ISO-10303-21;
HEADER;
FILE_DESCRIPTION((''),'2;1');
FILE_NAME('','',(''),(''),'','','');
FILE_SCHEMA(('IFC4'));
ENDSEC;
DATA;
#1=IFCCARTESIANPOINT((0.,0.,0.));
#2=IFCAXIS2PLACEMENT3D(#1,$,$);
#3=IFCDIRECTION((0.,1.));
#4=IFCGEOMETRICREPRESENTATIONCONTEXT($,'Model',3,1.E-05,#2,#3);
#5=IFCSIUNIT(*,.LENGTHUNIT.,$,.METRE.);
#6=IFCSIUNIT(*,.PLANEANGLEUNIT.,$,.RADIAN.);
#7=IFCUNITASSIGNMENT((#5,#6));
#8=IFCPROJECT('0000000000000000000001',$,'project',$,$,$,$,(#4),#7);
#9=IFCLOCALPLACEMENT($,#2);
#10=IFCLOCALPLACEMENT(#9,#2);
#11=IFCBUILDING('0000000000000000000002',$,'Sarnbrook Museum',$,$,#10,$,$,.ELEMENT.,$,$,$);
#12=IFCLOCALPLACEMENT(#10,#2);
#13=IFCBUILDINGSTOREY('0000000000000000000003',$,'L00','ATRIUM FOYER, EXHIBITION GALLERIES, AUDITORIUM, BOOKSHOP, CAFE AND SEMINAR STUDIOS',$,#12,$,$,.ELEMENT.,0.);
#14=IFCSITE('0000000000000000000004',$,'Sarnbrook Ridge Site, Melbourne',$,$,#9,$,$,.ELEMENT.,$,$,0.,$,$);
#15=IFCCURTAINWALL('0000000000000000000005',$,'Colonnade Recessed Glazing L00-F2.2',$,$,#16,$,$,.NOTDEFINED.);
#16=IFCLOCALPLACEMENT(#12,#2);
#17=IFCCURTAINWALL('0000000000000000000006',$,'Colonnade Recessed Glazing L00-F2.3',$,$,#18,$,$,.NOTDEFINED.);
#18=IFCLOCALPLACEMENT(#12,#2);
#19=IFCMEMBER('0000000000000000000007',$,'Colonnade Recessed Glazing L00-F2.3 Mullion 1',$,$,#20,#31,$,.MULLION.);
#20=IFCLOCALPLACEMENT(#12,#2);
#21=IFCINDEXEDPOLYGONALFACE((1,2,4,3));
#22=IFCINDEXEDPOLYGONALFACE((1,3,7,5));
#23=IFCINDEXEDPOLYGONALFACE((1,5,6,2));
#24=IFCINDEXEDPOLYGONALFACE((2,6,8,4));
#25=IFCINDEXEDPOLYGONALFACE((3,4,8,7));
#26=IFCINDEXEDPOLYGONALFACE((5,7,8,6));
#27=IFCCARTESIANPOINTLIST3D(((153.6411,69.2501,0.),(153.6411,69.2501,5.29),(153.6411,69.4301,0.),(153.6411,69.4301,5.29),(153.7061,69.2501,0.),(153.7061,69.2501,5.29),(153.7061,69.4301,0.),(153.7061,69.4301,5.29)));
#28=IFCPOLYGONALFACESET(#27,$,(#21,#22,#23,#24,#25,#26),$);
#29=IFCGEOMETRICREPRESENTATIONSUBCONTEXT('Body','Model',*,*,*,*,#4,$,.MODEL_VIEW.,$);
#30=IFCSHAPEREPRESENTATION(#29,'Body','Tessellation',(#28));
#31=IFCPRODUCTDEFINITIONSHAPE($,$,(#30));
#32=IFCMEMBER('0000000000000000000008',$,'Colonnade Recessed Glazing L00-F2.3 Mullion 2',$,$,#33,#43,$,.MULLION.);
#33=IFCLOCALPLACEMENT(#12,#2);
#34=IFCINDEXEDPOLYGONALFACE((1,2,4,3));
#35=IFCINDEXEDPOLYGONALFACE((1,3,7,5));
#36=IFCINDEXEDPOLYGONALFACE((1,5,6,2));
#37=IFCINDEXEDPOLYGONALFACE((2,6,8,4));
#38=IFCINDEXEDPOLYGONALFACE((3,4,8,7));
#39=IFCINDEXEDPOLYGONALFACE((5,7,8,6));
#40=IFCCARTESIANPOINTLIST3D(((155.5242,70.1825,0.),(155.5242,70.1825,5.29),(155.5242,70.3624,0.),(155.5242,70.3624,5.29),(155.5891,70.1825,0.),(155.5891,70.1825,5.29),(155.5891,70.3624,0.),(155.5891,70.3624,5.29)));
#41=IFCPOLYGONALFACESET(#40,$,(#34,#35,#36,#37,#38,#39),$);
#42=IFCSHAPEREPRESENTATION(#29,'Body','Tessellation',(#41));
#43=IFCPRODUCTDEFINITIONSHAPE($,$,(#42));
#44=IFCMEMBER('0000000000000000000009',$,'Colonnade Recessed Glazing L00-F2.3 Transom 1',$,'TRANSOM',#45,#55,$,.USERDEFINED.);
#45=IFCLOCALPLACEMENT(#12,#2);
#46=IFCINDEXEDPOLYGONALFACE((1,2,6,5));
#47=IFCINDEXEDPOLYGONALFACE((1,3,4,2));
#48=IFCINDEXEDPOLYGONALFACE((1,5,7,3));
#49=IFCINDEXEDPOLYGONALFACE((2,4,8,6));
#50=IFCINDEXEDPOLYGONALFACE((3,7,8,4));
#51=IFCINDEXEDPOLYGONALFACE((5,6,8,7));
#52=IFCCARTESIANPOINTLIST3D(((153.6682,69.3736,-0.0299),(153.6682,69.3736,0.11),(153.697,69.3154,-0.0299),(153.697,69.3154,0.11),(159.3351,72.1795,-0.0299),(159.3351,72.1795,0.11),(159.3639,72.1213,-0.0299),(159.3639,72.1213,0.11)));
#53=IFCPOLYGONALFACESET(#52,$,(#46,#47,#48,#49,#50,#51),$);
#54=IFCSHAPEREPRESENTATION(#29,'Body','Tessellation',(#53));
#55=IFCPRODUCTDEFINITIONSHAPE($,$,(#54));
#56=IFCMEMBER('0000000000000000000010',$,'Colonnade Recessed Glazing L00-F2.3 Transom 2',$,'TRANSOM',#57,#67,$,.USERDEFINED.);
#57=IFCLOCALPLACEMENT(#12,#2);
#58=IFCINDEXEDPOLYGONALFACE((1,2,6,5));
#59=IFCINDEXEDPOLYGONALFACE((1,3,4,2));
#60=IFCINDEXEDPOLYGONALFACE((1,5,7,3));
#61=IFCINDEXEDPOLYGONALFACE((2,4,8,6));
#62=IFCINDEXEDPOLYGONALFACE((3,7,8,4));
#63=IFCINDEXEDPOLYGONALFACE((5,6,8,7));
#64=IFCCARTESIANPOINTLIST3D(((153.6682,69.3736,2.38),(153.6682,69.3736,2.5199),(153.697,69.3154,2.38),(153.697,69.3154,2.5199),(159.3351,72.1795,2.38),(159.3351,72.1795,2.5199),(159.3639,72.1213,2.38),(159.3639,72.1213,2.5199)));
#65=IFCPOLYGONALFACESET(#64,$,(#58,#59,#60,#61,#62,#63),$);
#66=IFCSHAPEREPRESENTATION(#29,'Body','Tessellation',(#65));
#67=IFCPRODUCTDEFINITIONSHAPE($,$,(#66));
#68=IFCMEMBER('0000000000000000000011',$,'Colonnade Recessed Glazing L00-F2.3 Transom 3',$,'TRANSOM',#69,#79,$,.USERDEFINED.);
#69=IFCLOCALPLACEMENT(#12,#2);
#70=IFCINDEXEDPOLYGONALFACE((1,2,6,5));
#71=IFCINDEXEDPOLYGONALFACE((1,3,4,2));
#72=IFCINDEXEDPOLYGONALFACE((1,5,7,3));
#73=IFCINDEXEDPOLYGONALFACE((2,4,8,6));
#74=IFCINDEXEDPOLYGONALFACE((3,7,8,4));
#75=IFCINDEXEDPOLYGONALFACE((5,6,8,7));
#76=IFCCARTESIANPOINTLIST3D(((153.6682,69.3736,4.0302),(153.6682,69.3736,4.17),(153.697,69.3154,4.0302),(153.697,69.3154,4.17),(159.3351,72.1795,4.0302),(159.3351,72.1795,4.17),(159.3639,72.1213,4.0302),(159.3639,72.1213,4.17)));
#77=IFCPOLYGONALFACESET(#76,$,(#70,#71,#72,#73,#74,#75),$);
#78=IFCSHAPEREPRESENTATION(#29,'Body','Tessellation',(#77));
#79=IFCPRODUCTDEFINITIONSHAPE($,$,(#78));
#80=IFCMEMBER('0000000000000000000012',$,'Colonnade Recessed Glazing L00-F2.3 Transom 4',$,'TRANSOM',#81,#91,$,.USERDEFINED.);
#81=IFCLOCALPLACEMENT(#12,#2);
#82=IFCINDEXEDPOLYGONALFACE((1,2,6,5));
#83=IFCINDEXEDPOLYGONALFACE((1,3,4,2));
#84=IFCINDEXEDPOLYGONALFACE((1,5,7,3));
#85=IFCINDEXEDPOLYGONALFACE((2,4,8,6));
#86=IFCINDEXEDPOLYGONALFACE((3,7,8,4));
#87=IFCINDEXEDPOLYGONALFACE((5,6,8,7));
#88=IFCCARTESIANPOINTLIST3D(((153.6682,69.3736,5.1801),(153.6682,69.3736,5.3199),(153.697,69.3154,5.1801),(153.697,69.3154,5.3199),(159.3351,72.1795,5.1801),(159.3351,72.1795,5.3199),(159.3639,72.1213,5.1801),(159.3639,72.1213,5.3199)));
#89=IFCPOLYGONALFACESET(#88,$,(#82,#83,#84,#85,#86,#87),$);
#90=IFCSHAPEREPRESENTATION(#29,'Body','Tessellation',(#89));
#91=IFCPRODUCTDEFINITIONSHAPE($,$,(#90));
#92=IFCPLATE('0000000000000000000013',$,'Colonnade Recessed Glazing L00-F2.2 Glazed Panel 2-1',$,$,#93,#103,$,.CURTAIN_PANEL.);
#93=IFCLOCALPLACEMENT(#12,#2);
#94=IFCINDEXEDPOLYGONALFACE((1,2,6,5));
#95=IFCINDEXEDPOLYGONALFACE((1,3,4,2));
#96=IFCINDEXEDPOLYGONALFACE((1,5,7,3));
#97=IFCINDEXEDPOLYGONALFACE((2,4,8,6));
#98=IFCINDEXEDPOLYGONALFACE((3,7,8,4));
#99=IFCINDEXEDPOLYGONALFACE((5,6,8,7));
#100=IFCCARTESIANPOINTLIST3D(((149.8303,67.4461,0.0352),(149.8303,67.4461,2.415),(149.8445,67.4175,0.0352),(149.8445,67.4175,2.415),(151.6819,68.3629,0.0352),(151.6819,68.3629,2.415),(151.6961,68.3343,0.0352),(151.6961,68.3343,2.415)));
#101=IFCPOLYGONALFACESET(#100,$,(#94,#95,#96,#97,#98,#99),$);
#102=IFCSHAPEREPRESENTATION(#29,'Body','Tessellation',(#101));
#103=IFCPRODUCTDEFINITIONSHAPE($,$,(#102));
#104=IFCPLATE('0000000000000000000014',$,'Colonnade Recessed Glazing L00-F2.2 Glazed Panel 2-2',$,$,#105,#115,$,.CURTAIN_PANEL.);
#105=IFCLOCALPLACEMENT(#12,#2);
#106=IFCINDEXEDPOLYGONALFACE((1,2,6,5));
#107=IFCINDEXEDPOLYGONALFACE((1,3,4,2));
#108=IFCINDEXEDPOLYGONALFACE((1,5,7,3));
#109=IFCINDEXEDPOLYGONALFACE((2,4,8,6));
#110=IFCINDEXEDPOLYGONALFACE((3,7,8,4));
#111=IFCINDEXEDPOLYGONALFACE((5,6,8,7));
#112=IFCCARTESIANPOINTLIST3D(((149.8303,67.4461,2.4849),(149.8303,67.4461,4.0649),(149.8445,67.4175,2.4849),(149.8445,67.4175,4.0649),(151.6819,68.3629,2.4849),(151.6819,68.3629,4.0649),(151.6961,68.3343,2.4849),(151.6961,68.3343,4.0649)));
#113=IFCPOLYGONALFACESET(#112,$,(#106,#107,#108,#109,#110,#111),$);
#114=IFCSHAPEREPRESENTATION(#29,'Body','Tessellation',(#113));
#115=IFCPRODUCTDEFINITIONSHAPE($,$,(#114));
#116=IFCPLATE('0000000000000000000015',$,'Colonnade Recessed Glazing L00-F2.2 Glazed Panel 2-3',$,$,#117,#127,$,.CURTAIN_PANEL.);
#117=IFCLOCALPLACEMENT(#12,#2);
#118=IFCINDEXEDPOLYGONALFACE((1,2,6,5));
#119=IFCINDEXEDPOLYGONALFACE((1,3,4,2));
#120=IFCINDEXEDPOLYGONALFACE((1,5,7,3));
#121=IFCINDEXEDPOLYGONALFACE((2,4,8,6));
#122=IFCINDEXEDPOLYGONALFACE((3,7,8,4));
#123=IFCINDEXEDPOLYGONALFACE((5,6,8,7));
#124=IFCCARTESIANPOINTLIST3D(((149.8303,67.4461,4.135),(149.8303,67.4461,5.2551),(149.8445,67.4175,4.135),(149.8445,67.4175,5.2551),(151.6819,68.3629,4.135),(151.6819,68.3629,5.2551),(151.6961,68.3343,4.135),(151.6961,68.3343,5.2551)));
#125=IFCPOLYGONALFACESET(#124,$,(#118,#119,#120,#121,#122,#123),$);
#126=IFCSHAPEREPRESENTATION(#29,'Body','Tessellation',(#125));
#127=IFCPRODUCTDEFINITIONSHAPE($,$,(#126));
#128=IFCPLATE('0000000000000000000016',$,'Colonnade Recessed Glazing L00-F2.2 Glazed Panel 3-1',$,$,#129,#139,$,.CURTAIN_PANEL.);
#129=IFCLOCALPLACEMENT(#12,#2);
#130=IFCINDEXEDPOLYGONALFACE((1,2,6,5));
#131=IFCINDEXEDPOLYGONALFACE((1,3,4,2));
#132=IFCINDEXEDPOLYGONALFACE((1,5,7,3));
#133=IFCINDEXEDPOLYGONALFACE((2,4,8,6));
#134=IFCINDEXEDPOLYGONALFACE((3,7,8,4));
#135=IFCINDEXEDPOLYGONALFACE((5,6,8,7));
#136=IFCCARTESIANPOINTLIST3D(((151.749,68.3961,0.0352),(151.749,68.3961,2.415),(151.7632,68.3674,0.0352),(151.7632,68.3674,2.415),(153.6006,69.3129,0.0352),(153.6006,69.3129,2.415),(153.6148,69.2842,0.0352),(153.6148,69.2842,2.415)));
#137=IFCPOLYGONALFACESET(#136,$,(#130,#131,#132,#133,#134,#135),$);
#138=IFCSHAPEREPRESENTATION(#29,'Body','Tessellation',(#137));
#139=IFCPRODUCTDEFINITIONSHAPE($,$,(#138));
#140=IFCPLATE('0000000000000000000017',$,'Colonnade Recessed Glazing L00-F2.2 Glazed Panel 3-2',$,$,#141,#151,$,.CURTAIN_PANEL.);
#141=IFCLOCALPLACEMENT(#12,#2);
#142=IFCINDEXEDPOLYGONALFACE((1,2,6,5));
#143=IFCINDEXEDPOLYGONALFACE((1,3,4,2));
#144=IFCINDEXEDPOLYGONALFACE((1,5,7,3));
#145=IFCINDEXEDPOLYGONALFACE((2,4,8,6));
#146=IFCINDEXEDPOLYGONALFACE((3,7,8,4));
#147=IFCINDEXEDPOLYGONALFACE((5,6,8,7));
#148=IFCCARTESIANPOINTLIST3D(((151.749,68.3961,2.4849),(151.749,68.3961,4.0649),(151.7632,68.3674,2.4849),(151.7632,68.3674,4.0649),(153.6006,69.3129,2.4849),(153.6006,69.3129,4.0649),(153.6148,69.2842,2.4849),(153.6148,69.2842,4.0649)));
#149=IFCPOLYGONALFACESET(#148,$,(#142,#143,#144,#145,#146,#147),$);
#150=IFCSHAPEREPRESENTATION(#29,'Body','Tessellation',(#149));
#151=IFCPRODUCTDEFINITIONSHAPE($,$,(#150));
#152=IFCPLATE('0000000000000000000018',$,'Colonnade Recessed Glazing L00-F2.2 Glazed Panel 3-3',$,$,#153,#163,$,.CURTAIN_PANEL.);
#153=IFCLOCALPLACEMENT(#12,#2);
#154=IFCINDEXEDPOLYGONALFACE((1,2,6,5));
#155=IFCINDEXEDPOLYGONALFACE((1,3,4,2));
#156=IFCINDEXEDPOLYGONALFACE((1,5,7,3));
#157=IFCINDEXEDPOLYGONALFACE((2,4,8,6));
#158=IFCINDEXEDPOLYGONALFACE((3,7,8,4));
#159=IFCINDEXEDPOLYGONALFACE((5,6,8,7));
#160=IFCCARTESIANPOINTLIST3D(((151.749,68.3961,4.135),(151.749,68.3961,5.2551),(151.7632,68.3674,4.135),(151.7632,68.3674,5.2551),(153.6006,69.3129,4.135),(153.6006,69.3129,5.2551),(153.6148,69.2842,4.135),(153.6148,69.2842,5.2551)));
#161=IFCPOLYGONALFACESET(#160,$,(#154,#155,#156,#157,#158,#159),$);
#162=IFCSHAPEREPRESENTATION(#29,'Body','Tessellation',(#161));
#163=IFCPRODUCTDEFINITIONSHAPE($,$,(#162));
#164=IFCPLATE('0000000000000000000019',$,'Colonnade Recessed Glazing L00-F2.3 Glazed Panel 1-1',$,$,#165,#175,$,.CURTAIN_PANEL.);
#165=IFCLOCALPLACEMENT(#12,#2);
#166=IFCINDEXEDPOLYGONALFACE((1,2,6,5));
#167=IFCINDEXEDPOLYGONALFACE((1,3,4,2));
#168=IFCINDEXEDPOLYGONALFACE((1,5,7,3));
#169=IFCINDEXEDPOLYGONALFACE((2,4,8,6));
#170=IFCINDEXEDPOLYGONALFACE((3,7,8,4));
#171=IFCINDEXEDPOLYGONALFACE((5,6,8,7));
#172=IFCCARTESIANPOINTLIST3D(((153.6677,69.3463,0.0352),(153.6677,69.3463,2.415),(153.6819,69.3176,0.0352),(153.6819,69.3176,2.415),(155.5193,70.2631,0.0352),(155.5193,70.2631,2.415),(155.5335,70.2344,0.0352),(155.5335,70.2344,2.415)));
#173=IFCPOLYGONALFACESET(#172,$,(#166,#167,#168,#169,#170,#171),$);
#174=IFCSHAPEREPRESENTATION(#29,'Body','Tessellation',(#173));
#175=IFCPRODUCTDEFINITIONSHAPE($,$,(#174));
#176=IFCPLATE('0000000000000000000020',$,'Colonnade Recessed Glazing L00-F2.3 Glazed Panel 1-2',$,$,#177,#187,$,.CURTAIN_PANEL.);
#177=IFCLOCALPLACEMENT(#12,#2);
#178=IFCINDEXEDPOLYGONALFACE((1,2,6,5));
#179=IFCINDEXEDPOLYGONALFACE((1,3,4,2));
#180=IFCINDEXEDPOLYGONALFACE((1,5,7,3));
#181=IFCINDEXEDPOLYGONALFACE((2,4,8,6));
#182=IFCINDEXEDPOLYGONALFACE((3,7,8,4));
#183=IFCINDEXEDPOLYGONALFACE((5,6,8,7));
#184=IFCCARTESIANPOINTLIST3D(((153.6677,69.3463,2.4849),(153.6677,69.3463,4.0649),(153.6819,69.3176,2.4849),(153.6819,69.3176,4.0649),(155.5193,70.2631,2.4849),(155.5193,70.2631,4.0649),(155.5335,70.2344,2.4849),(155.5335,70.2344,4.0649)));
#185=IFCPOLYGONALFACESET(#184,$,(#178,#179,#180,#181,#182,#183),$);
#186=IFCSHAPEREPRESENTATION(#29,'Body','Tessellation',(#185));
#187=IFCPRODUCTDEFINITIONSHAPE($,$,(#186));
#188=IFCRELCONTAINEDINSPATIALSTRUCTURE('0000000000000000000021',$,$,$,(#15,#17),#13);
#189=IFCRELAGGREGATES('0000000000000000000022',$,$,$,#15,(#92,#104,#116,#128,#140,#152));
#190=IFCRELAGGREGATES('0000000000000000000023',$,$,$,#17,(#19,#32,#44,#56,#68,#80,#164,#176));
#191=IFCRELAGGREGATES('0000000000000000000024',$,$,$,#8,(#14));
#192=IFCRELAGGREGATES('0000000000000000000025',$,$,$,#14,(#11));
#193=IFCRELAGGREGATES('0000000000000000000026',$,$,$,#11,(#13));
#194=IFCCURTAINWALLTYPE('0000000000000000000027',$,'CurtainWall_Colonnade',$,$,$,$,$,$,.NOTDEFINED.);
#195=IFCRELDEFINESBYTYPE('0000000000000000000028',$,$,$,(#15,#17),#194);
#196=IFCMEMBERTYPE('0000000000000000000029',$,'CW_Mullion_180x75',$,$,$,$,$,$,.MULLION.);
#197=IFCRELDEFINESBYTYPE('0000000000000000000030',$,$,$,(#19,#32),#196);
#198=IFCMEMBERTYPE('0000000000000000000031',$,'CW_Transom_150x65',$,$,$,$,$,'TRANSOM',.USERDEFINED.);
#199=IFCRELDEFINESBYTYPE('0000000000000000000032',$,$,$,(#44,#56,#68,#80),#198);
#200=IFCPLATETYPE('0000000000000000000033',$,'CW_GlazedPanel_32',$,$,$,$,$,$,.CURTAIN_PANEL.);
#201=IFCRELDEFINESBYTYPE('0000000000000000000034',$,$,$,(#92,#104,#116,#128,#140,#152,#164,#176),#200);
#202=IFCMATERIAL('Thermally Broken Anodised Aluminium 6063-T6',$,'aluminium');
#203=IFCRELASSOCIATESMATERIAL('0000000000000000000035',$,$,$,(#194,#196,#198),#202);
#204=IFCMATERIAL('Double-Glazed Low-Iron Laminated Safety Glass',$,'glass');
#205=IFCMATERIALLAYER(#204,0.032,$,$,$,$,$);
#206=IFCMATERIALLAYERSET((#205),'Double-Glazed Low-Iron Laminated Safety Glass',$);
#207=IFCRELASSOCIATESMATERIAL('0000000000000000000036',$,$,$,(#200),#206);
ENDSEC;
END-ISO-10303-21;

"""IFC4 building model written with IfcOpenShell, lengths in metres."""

from ifc_helpers import new_model, si_unit, direction, frame, origin, origin_2d, place, context, subcontext, project, spatial, rectangle, extrude, material, layer, layer_set, material_profile, profile_set, type_object, element, aggregate, save


model = new_model("IFC4")

# Units and contexts
model_context = context("Model", 3, precision=1e-05, world=origin(), true_north=direction((0.0, 1.0)))
body_context = subcontext(model_context, "Body", "Model", "MODEL_VIEW")
ifc_project = project(units=[si_unit("LENGTHUNIT", "METRE"), si_unit("PLANEANGLEUNIT", "RADIAN")], contexts=[model_context])

# Site, building, storey
site_placement = place(None, origin())
site = spatial("IfcSite", under=ifc_project, at=site_placement, Name="Sarnbrook Ridge Site, Melbourne", CompositionType="ELEMENT", RefElevation=0.0)
building_placement = place(site_placement, origin())
building = spatial("IfcBuilding", under=site, at=building_placement, Name="Sarnbrook Museum", CompositionType="ELEMENT")
storey_placement = place(building_placement, origin())
storey = spatial("IfcBuildingStorey", under=building, at=storey_placement, Name="L00", Description="ATRIUM FOYER, EXHIBITION GALLERIES, AUDITORIUM, BOOKSHOP, CAFE AND SEMINAR STUDIOS", CompositionType="ELEMENT", Elevation=0.0)

# Curtain walls, members
ifc_material_1 = material(Name="Thermally Broken Anodised Aluminium 6063-T6", Category="aluminium")
curtain_wall_type = type_object("IfcCurtainWallType", Name="CurtainWall_Colonnade", PredefinedType="NOTDEFINED", material=ifc_material_1)
curtain_wall_1_placement = place(storey_placement, origin())
curtain_wall_1 = element("IfcCurtainWall", 1, at=curtain_wall_1_placement, inside=storey, type_object=curtain_wall_type, Name="Colonnade Recessed Glazing L00-F2.2", PredefinedType="NOTDEFINED")
ifc_material_profile_1 = material_profile(ifc_material_1, rectangle(XDim=0.0649, YDim=0.1799, at=origin_2d()), Name="ALU MULLION 65x180")
ifc_profile_set_1 = profile_set([ifc_material_profile_1], Name="Thermally Broken Anodised Aluminium 6063-T6")
member_type_1 = type_object("IfcMemberType", Name="CW_Mullion_180x75", PredefinedType="MULLION", material=ifc_profile_set_1)
curtain_wall_2_placement = place(storey_placement, origin())
curtain_wall_2 = element("IfcCurtainWall", 2, at=curtain_wall_2_placement, inside=storey, type_object=curtain_wall_type, Name="Colonnade Recessed Glazing L00-F2.3", PredefinedType="NOTDEFINED")
member_1_placement = place(storey_placement, frame((153.6736, 69.3401, 0.0), z_axis=(0.0, 0.0, 1.0), x_axis=(1.0, 0.0, 0.0)))
member_1 = element("IfcMember", 3, at=member_1_placement, type_object=member_type_1, Name="Colonnade Recessed Glazing L00-F2.3 Mullion 1", PredefinedType="MULLION", context=body_context, shape_type="SweptSolid", body=[
    extrude(rectangle(XDim=0.0649, YDim=0.1799, at=origin_2d()), origin(), (0.0, 0.0, 1.0), 5.29),
])
member_2_placement = place(storey_placement, frame((155.5566, 70.2725, 0.0), z_axis=(0.0, 0.0, 1.0), x_axis=(1.0, 0.0, 0.0)))
member_2 = element("IfcMember", 4, at=member_2_placement, type_object=member_type_1, Name="Colonnade Recessed Glazing L00-F2.3 Mullion 2", PredefinedType="MULLION", context=body_context, shape_type="SweptSolid", body=[
    extrude(rectangle(XDim=0.0649, YDim=0.1799, at=origin_2d()), origin(), (0.0, 0.0, 1.0), 5.29),
])
ifc_material_profile_2 = material_profile(ifc_material_1, rectangle(XDim=0.0649, YDim=0.1399, at=origin_2d()), Name="ALU TRANSOM 65x140")
ifc_profile_set_2 = profile_set([ifc_material_profile_2], Name="Thermally Broken Anodised Aluminium 6063-T6")
member_type_2 = type_object("IfcMemberType", Name="CW_Transom_150x65", ElementType="TRANSOM", PredefinedType="USERDEFINED", material=ifc_profile_set_2)
member_3_placement = place(storey_placement, frame((153.6826, 69.3445, 0.04), z_axis=(0.896158, 0.443735, 0.0), x_axis=(-0.443735, 0.896158, 0.0)))
member_3 = element("IfcMember", 5, at=member_3_placement, type_object=member_type_2, Name="Colonnade Recessed Glazing L00-F2.3 Transom 1", ObjectType="TRANSOM", PredefinedType="USERDEFINED", context=body_context, shape_type="SweptSolid", body=[
    extrude(rectangle(XDim=0.0649, YDim=0.1399, at=origin_2d()), origin(), (0.0, 0.0, 1.0), 6.3235),
])
member_4_placement = place(storey_placement, frame((153.6826, 69.3445, 2.45), z_axis=(0.896158, 0.443735, 0.0), x_axis=(-0.443735, 0.896158, 0.0)))
member_4 = element("IfcMember", 6, at=member_4_placement, type_object=member_type_2, Name="Colonnade Recessed Glazing L00-F2.3 Transom 2", ObjectType="TRANSOM", PredefinedType="USERDEFINED", context=body_context, shape_type="SweptSolid", body=[
    extrude(rectangle(XDim=0.0649, YDim=0.1399, at=origin_2d()), origin(), (0.0, 0.0, 1.0), 6.3235),
])
member_5_placement = place(storey_placement, frame((153.6826, 69.3445, 4.1001), z_axis=(0.896158, 0.443735, 0.0), x_axis=(-0.443735, 0.896158, 0.0)))
member_5 = element("IfcMember", 7, at=member_5_placement, type_object=member_type_2, Name="Colonnade Recessed Glazing L00-F2.3 Transom 3", ObjectType="TRANSOM", PredefinedType="USERDEFINED", context=body_context, shape_type="SweptSolid", body=[
    extrude(rectangle(XDim=0.0649, YDim=0.1399, at=origin_2d()), origin(), (0.0, 0.0, 1.0), 6.3235),
])
member_6_placement = place(storey_placement, frame((153.6826, 69.3445, 5.25), z_axis=(0.896158, 0.443735, 0.0), x_axis=(-0.443735, 0.896158, 0.0)))
member_6 = element("IfcMember", 8, at=member_6_placement, type_object=member_type_2, Name="Colonnade Recessed Glazing L00-F2.3 Transom 4", ObjectType="TRANSOM", PredefinedType="USERDEFINED", context=body_context, shape_type="SweptSolid", body=[
    extrude(rectangle(XDim=0.0649, YDim=0.1399, at=origin_2d()), origin(), (0.0, 0.0, 1.0), 6.3235),
])

# Plates
ifc_material_2 = material(Name="Double-Glazed Low-Iron Laminated Safety Glass", Category="glass")
ifc_layer = layer(ifc_material_2, 0.032)
ifc_layer_set = layer_set([ifc_layer], Name="Double-Glazed Low-Iron Laminated Safety Glass")
plate_type = type_object("IfcPlateType", Name="CW_GlazedPanel_32", PredefinedType="CURTAIN_PANEL", material=ifc_layer_set)
plate_1_placement = place(storey_placement, frame((150.7561, 67.9045, 1.2251), z_axis=(0.443729, -0.896161, 0.0), x_axis=(0.896161, 0.443729, 0.0)))
plate_1 = element("IfcPlate", 9, at=plate_1_placement, type_object=plate_type, Name="Colonnade Recessed Glazing L00-F2.2 Glazed Panel 2-1", PredefinedType="CURTAIN_PANEL", context=body_context, shape_type="SweptSolid", body=[
    extrude(rectangle(XDim=2.0662, YDim=2.3799, at=origin_2d()), origin(), (0.0, 0.0, 1.0), 0.032),
])
plate_2_placement = place(storey_placement, frame((150.7561, 67.9045, 3.2749), z_axis=(0.443729, -0.896161, 0.0), x_axis=(0.896161, 0.443729, 0.0)))
plate_2 = element("IfcPlate", 10, at=plate_2_placement, type_object=plate_type, Name="Colonnade Recessed Glazing L00-F2.2 Glazed Panel 2-2", PredefinedType="CURTAIN_PANEL", context=body_context, shape_type="SweptSolid", body=[
    extrude(rectangle(XDim=2.0662, YDim=1.5801, at=origin_2d()), origin(), (0.0, 0.0, 1.0), 0.032),
])
plate_3_placement = place(storey_placement, frame((150.7561, 67.9045, 4.6951), z_axis=(0.443729, -0.896161, 0.0), x_axis=(0.896161, 0.443729, 0.0)))
plate_3 = element("IfcPlate", 11, at=plate_3_placement, type_object=plate_type, Name="Colonnade Recessed Glazing L00-F2.2 Glazed Panel 2-3", PredefinedType="CURTAIN_PANEL", context=body_context, shape_type="SweptSolid", body=[
    extrude(rectangle(XDim=2.0662, YDim=1.1201, at=origin_2d()), origin(), (0.0, 0.0, 1.0), 0.032),
])
plate_4_placement = place(storey_placement, frame((152.6748, 68.8545, 1.2251), z_axis=(0.443729, -0.896161, 0.0), x_axis=(0.896161, 0.443729, 0.0)))
plate_4 = element("IfcPlate", 12, at=plate_4_placement, type_object=plate_type, Name="Colonnade Recessed Glazing L00-F2.2 Glazed Panel 3-1", PredefinedType="CURTAIN_PANEL", context=body_context, shape_type="SweptSolid", body=[
    extrude(rectangle(XDim=2.0662, YDim=2.3799, at=origin_2d()), origin(), (0.0, 0.0, 1.0), 0.032),
])
plate_5_placement = place(storey_placement, frame((152.6748, 68.8545, 3.2749), z_axis=(0.443729, -0.896161, 0.0), x_axis=(0.896161, 0.443729, 0.0)))
plate_5 = element("IfcPlate", 13, at=plate_5_placement, type_object=plate_type, Name="Colonnade Recessed Glazing L00-F2.2 Glazed Panel 3-2", PredefinedType="CURTAIN_PANEL", context=body_context, shape_type="SweptSolid", body=[
    extrude(rectangle(XDim=2.0662, YDim=1.5801, at=origin_2d()), origin(), (0.0, 0.0, 1.0), 0.032),
])
plate_6_placement = place(storey_placement, frame((152.6748, 68.8545, 4.6951), z_axis=(0.443729, -0.896161, 0.0), x_axis=(0.896161, 0.443729, 0.0)))
plate_6 = element("IfcPlate", 14, at=plate_6_placement, type_object=plate_type, Name="Colonnade Recessed Glazing L00-F2.2 Glazed Panel 3-3", PredefinedType="CURTAIN_PANEL", context=body_context, shape_type="SweptSolid", body=[
    extrude(rectangle(XDim=2.0662, YDim=1.1201, at=origin_2d()), origin(), (0.0, 0.0, 1.0), 0.032),
])
aggregate(curtain_wall_1, [plate_1, plate_2, plate_3, plate_4, plate_5, plate_6])
plate_7_placement = place(storey_placement, frame((154.5935, 69.8047, 1.2251), z_axis=(0.443729, -0.896161, 0.0), x_axis=(0.896161, 0.443729, 0.0)))
plate_7 = element("IfcPlate", 15, at=plate_7_placement, type_object=plate_type, Name="Colonnade Recessed Glazing L00-F2.3 Glazed Panel 1-1", PredefinedType="CURTAIN_PANEL", context=body_context, shape_type="SweptSolid", body=[
    extrude(rectangle(XDim=2.0662, YDim=2.3799, at=origin_2d()), origin(), (0.0, 0.0, 1.0), 0.032),
])
plate_8_placement = place(storey_placement, frame((154.5935, 69.8047, 3.2749), z_axis=(0.443729, -0.896161, 0.0), x_axis=(0.896161, 0.443729, 0.0)))
plate_8 = element("IfcPlate", 16, at=plate_8_placement, type_object=plate_type, Name="Colonnade Recessed Glazing L00-F2.3 Glazed Panel 1-2", PredefinedType="CURTAIN_PANEL", context=body_context, shape_type="SweptSolid", body=[
    extrude(rectangle(XDim=2.0662, YDim=1.5801, at=origin_2d()), origin(), (0.0, 0.0, 1.0), 0.032),
])
aggregate(curtain_wall_2, [member_1, member_2, member_3, member_4, member_5, member_6, plate_7, plate_8])

save(model, "model.ifc")
